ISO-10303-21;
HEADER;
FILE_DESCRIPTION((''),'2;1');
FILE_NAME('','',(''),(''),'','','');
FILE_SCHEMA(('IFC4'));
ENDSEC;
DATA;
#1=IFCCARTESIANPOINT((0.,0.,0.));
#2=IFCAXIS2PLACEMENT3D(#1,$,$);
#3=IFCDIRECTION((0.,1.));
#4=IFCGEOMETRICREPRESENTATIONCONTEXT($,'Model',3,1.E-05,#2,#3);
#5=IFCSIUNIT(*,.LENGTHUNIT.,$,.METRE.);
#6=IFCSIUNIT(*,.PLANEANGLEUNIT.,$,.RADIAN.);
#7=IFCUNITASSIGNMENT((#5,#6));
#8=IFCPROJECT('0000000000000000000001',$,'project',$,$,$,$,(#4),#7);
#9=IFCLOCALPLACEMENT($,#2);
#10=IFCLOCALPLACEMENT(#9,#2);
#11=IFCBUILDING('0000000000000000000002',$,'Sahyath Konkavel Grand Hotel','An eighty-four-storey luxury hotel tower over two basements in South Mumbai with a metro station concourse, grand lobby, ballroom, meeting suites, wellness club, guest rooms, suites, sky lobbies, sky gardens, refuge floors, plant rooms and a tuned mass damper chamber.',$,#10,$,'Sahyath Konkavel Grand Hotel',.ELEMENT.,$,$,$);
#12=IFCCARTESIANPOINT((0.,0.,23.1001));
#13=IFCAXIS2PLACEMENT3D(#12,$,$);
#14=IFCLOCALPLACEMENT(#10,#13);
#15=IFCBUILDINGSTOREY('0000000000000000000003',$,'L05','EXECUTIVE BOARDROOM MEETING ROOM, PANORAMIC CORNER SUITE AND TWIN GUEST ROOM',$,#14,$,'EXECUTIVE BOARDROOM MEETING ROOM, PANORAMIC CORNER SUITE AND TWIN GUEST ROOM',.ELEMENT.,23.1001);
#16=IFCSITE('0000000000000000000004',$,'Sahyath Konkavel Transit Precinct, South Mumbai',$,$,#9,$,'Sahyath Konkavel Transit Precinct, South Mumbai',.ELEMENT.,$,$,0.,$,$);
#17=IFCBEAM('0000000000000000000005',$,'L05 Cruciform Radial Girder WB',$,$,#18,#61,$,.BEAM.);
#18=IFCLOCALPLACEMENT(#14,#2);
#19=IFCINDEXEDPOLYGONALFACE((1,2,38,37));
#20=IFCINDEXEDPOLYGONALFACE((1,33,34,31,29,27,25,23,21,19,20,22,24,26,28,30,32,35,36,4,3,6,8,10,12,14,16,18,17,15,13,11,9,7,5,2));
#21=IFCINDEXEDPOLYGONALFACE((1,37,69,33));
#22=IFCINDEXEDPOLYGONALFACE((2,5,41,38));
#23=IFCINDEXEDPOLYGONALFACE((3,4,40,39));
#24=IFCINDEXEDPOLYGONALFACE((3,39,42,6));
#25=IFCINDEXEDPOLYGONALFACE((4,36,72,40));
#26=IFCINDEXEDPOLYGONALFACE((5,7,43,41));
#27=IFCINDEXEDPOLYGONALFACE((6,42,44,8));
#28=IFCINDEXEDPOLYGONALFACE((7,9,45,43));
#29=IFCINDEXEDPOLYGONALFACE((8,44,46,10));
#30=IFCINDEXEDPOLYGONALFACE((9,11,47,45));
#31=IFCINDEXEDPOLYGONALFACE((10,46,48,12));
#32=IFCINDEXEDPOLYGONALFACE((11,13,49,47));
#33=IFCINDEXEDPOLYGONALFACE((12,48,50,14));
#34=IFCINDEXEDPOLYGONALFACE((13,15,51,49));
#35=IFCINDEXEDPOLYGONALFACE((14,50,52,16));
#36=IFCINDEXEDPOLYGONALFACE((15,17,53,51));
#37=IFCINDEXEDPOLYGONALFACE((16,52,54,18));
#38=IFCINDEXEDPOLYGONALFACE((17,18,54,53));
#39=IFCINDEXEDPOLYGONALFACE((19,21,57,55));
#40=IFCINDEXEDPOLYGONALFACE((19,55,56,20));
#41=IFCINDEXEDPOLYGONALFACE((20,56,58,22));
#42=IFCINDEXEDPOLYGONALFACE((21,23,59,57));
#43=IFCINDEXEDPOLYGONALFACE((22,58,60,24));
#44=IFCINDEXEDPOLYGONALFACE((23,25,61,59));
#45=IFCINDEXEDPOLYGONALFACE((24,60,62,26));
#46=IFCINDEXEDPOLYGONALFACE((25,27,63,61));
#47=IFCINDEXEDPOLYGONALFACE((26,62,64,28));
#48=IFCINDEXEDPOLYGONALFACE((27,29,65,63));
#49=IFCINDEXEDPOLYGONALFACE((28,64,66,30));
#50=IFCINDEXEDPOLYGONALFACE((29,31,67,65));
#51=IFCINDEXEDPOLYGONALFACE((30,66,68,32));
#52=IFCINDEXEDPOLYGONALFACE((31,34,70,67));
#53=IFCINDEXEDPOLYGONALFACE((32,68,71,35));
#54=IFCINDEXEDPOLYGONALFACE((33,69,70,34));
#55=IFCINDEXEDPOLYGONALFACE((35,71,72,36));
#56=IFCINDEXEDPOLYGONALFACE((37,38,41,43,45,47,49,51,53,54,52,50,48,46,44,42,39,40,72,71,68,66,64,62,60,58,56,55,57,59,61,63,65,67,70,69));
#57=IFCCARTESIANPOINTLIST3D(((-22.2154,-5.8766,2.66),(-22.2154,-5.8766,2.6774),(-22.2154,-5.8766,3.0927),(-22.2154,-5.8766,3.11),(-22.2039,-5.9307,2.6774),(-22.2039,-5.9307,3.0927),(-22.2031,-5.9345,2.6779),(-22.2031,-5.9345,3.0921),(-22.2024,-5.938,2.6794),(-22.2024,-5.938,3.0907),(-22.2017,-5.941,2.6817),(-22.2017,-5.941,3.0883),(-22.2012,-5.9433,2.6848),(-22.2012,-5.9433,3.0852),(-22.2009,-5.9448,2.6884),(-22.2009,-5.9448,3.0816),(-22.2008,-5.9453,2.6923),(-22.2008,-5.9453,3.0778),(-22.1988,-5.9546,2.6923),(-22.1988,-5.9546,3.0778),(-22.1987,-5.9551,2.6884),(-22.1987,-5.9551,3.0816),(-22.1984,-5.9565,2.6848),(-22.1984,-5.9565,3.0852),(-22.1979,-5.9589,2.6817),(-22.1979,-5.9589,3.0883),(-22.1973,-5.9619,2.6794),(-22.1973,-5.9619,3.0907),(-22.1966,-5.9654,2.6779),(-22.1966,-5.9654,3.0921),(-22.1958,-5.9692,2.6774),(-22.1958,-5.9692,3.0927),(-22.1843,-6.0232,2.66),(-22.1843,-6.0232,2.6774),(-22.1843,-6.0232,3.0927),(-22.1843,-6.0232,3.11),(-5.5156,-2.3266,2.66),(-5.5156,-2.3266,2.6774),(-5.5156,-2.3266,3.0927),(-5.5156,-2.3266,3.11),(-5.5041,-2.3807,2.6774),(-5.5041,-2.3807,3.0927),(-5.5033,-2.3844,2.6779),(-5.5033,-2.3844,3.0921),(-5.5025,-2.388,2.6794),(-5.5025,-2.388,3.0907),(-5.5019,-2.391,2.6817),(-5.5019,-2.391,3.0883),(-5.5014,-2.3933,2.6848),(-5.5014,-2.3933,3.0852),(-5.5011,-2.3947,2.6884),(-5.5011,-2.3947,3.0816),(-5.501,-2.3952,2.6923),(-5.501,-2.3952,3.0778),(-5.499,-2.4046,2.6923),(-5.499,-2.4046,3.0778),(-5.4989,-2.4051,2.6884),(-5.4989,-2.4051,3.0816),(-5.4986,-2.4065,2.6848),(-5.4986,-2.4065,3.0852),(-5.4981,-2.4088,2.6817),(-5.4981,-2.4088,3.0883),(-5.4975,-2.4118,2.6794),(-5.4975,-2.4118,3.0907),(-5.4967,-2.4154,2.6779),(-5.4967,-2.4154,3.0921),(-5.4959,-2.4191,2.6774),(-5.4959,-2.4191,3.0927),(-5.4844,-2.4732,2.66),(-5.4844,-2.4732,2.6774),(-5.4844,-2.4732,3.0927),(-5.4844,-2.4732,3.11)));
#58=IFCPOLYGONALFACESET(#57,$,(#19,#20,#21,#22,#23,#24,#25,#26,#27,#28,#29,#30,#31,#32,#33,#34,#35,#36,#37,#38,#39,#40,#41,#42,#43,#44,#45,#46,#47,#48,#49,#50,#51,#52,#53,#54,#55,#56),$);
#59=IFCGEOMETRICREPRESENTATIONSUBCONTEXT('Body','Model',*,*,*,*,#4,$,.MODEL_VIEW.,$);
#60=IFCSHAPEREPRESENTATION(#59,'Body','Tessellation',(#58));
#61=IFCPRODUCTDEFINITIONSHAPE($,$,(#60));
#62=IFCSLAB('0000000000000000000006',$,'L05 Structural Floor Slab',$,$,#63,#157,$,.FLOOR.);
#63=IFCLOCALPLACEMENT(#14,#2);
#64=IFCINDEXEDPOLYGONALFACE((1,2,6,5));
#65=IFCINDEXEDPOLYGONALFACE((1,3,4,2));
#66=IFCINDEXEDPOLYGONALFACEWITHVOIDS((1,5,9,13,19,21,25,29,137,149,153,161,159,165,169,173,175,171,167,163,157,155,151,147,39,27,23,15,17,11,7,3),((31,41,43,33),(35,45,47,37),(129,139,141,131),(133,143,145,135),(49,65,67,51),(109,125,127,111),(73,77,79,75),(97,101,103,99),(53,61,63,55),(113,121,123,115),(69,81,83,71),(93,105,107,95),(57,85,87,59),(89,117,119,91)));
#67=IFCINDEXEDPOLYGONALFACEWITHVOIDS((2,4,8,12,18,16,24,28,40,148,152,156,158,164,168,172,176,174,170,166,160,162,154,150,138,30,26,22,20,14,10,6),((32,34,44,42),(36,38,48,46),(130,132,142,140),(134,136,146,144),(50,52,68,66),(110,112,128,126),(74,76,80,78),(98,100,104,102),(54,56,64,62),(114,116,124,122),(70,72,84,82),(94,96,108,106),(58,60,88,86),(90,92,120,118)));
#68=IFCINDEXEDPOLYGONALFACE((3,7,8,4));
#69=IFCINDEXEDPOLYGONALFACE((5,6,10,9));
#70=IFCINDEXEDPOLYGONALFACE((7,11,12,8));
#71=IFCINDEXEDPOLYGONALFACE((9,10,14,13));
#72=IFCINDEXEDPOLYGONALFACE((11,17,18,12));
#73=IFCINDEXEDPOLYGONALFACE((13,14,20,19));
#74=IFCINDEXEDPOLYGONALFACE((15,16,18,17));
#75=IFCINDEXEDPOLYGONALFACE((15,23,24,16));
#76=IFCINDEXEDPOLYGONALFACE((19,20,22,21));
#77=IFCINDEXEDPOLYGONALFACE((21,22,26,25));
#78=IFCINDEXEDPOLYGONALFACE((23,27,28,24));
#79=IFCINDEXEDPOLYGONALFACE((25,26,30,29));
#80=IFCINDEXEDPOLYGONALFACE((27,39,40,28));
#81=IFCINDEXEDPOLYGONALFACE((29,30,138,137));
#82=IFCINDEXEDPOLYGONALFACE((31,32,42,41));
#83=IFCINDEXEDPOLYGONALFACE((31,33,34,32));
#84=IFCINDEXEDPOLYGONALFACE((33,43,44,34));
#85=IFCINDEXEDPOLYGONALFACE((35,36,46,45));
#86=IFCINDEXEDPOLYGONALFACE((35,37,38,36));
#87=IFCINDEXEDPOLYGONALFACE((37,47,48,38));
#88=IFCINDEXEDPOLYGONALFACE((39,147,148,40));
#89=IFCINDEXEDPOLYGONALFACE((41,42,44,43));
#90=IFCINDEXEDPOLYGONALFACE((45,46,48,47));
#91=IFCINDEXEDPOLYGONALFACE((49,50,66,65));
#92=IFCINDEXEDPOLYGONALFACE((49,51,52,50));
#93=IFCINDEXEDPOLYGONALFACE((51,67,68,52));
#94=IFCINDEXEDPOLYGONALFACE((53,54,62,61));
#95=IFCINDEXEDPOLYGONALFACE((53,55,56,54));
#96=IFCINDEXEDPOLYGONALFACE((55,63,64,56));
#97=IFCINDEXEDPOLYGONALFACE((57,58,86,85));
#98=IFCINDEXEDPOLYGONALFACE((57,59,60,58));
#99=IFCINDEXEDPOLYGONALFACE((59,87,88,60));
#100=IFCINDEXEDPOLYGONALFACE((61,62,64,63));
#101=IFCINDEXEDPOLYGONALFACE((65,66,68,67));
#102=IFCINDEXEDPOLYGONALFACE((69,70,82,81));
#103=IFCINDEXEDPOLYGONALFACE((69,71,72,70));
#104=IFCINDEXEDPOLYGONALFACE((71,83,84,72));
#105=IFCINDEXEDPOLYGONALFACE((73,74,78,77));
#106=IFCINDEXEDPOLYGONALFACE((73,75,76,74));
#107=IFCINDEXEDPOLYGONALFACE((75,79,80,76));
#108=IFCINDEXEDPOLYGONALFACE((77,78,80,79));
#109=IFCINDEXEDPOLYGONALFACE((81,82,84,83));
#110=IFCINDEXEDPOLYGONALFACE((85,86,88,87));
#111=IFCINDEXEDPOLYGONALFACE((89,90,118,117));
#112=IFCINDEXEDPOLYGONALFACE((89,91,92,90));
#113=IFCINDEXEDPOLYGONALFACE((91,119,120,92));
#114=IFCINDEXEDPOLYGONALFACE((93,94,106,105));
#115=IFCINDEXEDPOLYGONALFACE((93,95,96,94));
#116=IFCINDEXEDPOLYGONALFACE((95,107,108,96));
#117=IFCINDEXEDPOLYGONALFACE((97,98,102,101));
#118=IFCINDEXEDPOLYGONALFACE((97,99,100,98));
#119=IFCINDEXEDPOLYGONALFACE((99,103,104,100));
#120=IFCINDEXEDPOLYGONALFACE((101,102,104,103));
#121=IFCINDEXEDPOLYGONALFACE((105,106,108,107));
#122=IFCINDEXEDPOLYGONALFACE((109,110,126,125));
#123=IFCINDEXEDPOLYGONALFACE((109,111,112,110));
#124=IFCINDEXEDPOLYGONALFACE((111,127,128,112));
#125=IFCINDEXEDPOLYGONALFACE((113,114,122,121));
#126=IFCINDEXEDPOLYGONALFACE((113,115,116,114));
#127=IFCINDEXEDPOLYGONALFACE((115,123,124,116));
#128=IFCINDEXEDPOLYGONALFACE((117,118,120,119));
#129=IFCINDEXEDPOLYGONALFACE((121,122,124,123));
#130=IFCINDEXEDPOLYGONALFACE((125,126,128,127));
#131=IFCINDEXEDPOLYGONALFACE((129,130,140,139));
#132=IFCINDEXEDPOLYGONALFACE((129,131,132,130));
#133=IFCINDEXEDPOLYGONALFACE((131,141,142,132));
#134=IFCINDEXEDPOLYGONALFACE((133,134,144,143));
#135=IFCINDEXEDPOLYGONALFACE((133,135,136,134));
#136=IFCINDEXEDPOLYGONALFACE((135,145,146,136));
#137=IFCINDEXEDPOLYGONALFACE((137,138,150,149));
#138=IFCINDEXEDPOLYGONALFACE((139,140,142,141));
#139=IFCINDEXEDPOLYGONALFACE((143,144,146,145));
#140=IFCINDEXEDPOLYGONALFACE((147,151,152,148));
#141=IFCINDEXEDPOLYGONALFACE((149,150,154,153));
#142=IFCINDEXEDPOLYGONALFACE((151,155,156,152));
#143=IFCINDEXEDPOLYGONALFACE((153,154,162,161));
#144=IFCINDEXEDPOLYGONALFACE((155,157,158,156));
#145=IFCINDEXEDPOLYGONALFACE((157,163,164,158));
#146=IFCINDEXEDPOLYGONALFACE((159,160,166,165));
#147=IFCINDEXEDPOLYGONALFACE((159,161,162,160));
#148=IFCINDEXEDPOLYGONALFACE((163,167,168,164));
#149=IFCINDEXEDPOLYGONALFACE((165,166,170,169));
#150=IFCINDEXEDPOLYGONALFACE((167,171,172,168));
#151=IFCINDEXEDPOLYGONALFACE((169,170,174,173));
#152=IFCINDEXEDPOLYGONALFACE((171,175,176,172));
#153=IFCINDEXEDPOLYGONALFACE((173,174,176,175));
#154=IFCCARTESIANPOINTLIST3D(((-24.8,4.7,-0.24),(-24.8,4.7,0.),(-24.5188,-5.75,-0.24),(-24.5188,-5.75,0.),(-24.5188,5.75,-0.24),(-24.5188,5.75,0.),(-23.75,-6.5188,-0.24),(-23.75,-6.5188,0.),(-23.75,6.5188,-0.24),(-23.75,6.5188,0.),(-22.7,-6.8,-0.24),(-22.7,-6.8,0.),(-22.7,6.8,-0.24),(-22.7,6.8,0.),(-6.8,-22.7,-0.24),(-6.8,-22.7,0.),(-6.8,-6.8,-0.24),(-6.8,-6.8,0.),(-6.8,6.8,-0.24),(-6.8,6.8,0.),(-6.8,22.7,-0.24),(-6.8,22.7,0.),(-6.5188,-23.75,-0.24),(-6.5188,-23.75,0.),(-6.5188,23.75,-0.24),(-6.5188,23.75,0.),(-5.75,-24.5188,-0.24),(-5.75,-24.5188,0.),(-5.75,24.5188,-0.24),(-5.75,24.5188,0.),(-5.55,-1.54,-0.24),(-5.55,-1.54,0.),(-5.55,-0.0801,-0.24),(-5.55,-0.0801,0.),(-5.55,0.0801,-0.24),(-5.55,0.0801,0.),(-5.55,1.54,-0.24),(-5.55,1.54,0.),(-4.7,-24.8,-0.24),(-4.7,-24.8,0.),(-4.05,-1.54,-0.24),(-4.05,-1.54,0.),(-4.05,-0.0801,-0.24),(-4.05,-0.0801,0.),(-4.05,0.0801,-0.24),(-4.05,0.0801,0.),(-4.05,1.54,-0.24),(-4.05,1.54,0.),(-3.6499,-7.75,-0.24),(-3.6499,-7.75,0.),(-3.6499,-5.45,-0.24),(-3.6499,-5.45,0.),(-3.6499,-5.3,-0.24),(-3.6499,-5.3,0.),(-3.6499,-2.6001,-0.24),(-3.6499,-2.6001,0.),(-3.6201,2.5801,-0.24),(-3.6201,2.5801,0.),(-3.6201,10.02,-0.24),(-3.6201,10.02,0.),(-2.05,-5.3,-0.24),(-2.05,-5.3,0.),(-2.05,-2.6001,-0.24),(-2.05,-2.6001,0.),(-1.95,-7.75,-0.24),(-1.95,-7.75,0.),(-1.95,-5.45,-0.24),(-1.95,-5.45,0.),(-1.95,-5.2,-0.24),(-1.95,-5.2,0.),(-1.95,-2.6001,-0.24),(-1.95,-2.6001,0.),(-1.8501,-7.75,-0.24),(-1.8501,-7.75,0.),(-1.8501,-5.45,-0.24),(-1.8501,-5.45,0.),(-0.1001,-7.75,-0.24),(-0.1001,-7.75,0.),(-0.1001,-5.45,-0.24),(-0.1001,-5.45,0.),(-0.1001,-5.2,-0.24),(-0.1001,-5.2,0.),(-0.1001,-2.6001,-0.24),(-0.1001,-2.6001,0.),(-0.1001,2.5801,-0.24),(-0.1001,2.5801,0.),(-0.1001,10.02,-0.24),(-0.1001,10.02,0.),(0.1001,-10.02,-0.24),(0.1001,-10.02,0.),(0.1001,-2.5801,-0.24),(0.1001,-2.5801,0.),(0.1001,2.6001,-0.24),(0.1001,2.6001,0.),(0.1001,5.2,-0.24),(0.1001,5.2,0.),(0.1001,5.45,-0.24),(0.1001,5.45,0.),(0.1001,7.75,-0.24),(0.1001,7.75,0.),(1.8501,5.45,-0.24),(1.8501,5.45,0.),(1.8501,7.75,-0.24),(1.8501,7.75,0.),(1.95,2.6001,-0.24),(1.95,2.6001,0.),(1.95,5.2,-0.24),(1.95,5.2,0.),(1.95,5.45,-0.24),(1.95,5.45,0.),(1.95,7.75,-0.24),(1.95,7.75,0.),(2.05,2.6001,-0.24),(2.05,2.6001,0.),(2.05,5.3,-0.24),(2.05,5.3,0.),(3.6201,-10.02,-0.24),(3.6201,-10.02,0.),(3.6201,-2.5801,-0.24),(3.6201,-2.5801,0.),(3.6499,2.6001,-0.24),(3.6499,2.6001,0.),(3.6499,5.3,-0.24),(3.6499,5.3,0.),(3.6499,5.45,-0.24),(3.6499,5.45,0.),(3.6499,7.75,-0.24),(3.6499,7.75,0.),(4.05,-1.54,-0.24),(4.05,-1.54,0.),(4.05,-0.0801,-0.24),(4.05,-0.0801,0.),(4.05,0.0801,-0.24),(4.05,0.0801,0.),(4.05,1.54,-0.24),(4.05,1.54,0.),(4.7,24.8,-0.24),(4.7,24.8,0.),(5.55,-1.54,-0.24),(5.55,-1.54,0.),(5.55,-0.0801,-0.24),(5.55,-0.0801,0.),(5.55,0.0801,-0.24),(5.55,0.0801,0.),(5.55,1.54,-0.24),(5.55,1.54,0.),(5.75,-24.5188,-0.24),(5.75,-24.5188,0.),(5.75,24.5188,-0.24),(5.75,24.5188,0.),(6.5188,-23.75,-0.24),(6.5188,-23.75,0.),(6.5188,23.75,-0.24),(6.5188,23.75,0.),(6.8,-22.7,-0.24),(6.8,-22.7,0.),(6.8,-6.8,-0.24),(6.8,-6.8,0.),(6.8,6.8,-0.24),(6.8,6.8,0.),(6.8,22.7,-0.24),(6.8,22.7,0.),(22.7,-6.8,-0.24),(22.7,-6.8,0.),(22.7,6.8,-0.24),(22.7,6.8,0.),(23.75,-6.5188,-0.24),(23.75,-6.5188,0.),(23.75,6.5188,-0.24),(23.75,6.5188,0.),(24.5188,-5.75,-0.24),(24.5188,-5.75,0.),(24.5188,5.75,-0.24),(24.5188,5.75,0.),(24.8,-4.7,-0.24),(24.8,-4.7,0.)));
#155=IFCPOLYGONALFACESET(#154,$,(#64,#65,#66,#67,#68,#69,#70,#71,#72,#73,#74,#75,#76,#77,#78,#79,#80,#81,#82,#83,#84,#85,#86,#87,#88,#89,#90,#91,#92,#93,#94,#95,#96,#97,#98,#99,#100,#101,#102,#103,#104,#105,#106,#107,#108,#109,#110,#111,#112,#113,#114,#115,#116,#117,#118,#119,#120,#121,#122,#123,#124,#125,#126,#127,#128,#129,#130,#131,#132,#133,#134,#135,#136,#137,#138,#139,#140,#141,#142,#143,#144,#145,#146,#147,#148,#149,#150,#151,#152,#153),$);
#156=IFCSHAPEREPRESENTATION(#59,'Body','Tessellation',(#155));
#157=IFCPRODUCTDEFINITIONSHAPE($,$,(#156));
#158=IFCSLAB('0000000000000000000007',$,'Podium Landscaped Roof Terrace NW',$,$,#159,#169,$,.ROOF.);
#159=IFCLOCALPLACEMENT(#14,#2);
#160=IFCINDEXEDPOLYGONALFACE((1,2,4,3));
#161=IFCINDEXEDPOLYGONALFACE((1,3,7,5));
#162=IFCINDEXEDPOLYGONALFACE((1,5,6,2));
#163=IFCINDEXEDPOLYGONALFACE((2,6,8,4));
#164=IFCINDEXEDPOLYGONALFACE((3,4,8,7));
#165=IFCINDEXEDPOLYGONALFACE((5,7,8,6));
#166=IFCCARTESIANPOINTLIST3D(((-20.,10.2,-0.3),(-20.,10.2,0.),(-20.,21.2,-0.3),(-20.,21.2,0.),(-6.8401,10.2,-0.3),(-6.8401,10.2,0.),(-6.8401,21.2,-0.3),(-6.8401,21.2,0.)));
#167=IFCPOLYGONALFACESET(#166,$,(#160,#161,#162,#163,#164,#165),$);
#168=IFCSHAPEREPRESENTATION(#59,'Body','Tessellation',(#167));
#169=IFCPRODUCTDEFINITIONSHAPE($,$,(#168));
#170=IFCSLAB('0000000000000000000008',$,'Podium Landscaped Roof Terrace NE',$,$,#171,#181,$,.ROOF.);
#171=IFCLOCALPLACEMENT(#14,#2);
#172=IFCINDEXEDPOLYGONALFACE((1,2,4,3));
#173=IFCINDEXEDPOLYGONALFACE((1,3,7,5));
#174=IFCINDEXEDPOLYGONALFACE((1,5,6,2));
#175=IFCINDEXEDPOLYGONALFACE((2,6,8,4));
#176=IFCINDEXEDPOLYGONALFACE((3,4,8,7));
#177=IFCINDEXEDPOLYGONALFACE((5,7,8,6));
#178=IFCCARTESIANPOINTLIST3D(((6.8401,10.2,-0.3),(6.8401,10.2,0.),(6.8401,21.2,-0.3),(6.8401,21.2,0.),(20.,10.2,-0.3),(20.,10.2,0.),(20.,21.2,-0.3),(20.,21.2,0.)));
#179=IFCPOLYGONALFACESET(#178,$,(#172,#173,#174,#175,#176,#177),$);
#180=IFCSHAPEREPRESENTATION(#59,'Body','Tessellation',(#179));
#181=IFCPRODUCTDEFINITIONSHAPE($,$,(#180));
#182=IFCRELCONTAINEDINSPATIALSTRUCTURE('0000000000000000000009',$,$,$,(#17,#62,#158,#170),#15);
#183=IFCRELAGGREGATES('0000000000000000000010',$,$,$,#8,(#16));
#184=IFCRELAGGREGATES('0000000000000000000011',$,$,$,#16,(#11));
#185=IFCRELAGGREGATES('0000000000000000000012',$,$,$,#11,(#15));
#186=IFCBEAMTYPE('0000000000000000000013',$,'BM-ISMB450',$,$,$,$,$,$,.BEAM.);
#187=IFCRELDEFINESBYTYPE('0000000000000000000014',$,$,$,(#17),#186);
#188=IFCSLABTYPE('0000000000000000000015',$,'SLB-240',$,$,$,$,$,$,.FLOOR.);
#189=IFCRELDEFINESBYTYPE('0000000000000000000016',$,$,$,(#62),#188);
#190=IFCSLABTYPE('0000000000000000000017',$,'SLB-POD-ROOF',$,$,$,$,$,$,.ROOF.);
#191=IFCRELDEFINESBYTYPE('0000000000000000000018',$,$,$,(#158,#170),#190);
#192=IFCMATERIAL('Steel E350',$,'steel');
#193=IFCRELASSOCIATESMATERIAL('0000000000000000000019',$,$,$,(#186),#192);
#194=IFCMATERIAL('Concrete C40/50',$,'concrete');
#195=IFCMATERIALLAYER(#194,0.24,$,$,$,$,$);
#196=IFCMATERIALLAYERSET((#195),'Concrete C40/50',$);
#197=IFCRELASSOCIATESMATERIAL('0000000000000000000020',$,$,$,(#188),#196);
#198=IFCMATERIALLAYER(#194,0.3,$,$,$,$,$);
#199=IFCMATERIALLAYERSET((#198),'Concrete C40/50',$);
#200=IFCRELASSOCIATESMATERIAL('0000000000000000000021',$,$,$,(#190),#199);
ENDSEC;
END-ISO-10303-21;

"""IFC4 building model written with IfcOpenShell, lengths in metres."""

from ifc_helpers import new_model, si_unit, direction, frame, origin, origin_2d, place, context, subcontext, project, spatial, polyline, i_section, outline, extrude, source, transform, mapped, material, layer, layer_set, material_profile, profile_set, type_object, element, save


model = new_model("IFC4")

# Units and contexts
model_context = context("Model", 3, precision=1e-05, world=origin(), true_north=direction((0.0, 1.0)))
body_context = subcontext(model_context, "Body", "Model", "MODEL_VIEW")
ifc_project = project(units=[si_unit("LENGTHUNIT", "METRE"), si_unit("PLANEANGLEUNIT", "RADIAN")], contexts=[model_context])

# Site, building, storey
site_placement = place(None, origin())
site = spatial("IfcSite", under=ifc_project, at=site_placement, Name="Sahyath Konkavel Transit Precinct, South Mumbai", LongName="Sahyath Konkavel Transit Precinct, South Mumbai", CompositionType="ELEMENT", RefElevation=0.0)
building_placement = place(site_placement, origin())
building = spatial("IfcBuilding", under=site, at=building_placement, Name="Sahyath Konkavel Grand Hotel", Description="An eighty-four-storey luxury hotel tower over two basements in South Mumbai with a metro station concourse, grand lobby, ballroom, meeting suites, wellness club, guest rooms, suites, sky lobbies, sky gardens, refuge floors, plant rooms and a tuned mass damper chamber.", LongName="Sahyath Konkavel Grand Hotel", CompositionType="ELEMENT")
storey_placement = place(building_placement, frame((0.0, 0.0, 23.1001)))
storey = spatial("IfcBuildingStorey", under=building, at=storey_placement, Name="L05", Description="EXECUTIVE BOARDROOM MEETING ROOM, PANORAMIC CORNER SUITE AND TWIN GUEST ROOM", LongName="EXECUTIVE BOARDROOM MEETING ROOM, PANORAMIC CORNER SUITE AND TWIN GUEST ROOM", CompositionType="ELEMENT", Elevation=23.1001)

# Beam
ifc_material_1 = material(Name="Steel E350", Category="steel")
ifc_material_profile_1 = material_profile(ifc_material_1, i_section(OverallWidth=0.1499, OverallDepth=0.45, WebThickness=0.0095, FlangeThickness=0.0173, FilletRadius=0.0149, at=origin_2d()), Name="ISMB 450")
ifc_profile_set_1 = profile_set([ifc_material_profile_1], Name="Steel E350")
beam_type_1 = type_object("IfcBeamType", Name="BM-ISMB450", PredefinedType="BEAM", material=ifc_profile_set_1)
shared_shape_1 = source(origin(), body_context, "Body", "SweptSolid", [
    extrude(i_section(OverallWidth=0.1499, OverallDepth=0.45, WebThickness=0.0095, FlangeThickness=0.0173, FilletRadius=0.0149, at=origin_2d()), origin(), (0.0, 0.0, 1.0), 17.073),
])
beam_1_placement = place(storey_placement, frame((-5.5, -2.3999, 2.885), z_axis=(-0.978143, -0.207932, 0.0), x_axis=(0.207932, -0.978143, 0.0)))
element("IfcBeam", 1, at=beam_1_placement, inside=storey, type_object=beam_type_1, Name="L05 Cruciform Radial Girder WB", PredefinedType="BEAM", context=body_context, shape_type="MappedRepresentation", body=[
    mapped(shared_shape_1, transform((0.0, 0.0, 0.0), scale=1.0)),
])

# Slabs
ifc_material_2 = material(Name="Concrete C40/50", Category="concrete")
ifc_layer_1 = layer(ifc_material_2, 0.24)
ifc_layer_set_1 = layer_set([ifc_layer_1], Name="Concrete C40/50")
slab_type_1 = type_object("IfcSlabType", Name="SLB-240", PredefinedType="FLOOR", material=ifc_layer_set_1)
slab_1_placement = place(storey_placement, frame((0.0, 0.0, -0.24)))
element("IfcSlab", 2, at=slab_1_placement, inside=storey, type_object=slab_type_1, Name="L05 Structural Floor Slab", PredefinedType="FLOOR", context=body_context, shape_type="SweptSolid", body=[
    extrude(outline(polyline([(6.8, -6.8), (22.7, -6.8), (23.75, -6.5188), (24.5188, -5.75), (24.8, -4.7), (24.5188, 5.75), (23.75, 6.5188), (22.7, 6.8), (6.8, 6.8), (6.8, 22.7), (6.5188, 23.75), (5.75, 24.5188), (4.7, 24.8), (-5.75, 24.5188), (-6.5188, 23.75), (-6.8, 22.7), (-6.8, 6.8), (-22.7, 6.8), (-23.75, 6.5188), (-24.5188, 5.75), (-24.8, 4.7), (-24.5188, -5.75), (-23.75, -6.5188), (-22.7, -6.8), (-6.8, -6.8), (-6.8, -22.7), (-6.5188, -23.75), (-5.75, -24.5188), (-4.7, -24.8), (5.75, -24.5188), (6.5188, -23.75), (6.8, -22.7), (6.8, -6.8)]), holes=[polyline([(-3.6201, 2.5801), (-0.1001, 2.5801), (-0.1001, 10.02), (-3.6201, 10.02), (-3.6201, 2.5801)]), polyline([(0.1001, -10.02), (3.6201, -10.02), (3.6201, -2.5801), (0.1001, -2.5801), (0.1001, -10.02)]), polyline([(0.1001, 2.6001), (1.95, 2.6001), (1.95, 5.2), (0.1001, 5.2), (0.1001, 2.6001)]), polyline([(-1.95, -5.2), (-0.1001, -5.2), (-0.1001, -2.6001), (-1.95, -2.6001), (-1.95, -5.2)]), polyline([(2.05, 2.6001), (3.6499, 2.6001), (3.6499, 5.3), (2.05, 5.3), (2.05, 2.6001)]), polyline([(-3.6499, -5.3), (-2.05, -5.3), (-2.05, -2.6001), (-3.6499, -2.6001), (-3.6499, -5.3)]), polyline([(0.1001, 5.45), (1.8501, 5.45), (1.8501, 7.75), (0.1001, 7.75), (0.1001, 5.45)]), polyline([(1.95, 5.45), (3.6499, 5.45), (3.6499, 7.75), (1.95, 7.75), (1.95, 5.45)]), polyline([(-3.6499, -7.75), (-1.95, -7.75), (-1.95, -5.45), (-3.6499, -5.45), (-3.6499, -7.75)]), polyline([(-1.8501, -7.75), (-0.1001, -7.75), (-0.1001, -5.45), (-1.8501, -5.45), (-1.8501, -7.75)]), polyline([(4.05, 0.0801), (5.55, 0.0801), (5.55, 1.54), (4.05, 1.54), (4.05, 0.0801)]), polyline([(4.05, -1.54), (5.55, -1.54), (5.55, -0.0801), (4.05, -0.0801), (4.05, -1.54)]), polyline([(-5.55, 0.0801), (-4.05, 0.0801), (-4.05, 1.54), (-5.55, 1.54), (-5.55, 0.0801)]), polyline([(-5.55, -1.54), (-4.05, -1.54), (-4.05, -0.0801), (-5.55, -0.0801), (-5.55, -1.54)])]), origin(), (0.0, 0.0, 1.0), 0.24),
])
ifc_layer_2 = layer(ifc_material_2, 0.3)
ifc_layer_set_2 = layer_set([ifc_layer_2], Name="Concrete C40/50")
slab_type_2 = type_object("IfcSlabType", Name="SLB-POD-ROOF", PredefinedType="ROOF", material=ifc_layer_set_2)
slab_2_placement = place(storey_placement, frame((0.0, 0.0, -0.3)))
element("IfcSlab", 3, at=slab_2_placement, inside=storey, type_object=slab_type_2, Name="Podium Landscaped Roof Terrace NW", PredefinedType="ROOF", context=body_context, shape_type="SweptSolid", body=[
    extrude(outline(polyline([(-20.0, 10.2), (-6.8401, 10.2), (-6.8401, 21.2), (-20.0, 21.2), (-20.0, 10.2)])), origin(), (0.0, 0.0, 1.0), 0.3),
])
slab_3_placement = place(storey_placement, frame((0.0, 0.0, -0.3)))
element("IfcSlab", 4, at=slab_3_placement, inside=storey, type_object=slab_type_2, Name="Podium Landscaped Roof Terrace NE", PredefinedType="ROOF", context=body_context, shape_type="SweptSolid", body=[
    extrude(outline(polyline([(6.8401, 10.2), (20.0, 10.2), (20.0, 21.2), (6.8401, 21.2), (6.8401, 10.2)])), origin(), (0.0, 0.0, 1.0), 0.3),
])

save(model, "model.ifc")
